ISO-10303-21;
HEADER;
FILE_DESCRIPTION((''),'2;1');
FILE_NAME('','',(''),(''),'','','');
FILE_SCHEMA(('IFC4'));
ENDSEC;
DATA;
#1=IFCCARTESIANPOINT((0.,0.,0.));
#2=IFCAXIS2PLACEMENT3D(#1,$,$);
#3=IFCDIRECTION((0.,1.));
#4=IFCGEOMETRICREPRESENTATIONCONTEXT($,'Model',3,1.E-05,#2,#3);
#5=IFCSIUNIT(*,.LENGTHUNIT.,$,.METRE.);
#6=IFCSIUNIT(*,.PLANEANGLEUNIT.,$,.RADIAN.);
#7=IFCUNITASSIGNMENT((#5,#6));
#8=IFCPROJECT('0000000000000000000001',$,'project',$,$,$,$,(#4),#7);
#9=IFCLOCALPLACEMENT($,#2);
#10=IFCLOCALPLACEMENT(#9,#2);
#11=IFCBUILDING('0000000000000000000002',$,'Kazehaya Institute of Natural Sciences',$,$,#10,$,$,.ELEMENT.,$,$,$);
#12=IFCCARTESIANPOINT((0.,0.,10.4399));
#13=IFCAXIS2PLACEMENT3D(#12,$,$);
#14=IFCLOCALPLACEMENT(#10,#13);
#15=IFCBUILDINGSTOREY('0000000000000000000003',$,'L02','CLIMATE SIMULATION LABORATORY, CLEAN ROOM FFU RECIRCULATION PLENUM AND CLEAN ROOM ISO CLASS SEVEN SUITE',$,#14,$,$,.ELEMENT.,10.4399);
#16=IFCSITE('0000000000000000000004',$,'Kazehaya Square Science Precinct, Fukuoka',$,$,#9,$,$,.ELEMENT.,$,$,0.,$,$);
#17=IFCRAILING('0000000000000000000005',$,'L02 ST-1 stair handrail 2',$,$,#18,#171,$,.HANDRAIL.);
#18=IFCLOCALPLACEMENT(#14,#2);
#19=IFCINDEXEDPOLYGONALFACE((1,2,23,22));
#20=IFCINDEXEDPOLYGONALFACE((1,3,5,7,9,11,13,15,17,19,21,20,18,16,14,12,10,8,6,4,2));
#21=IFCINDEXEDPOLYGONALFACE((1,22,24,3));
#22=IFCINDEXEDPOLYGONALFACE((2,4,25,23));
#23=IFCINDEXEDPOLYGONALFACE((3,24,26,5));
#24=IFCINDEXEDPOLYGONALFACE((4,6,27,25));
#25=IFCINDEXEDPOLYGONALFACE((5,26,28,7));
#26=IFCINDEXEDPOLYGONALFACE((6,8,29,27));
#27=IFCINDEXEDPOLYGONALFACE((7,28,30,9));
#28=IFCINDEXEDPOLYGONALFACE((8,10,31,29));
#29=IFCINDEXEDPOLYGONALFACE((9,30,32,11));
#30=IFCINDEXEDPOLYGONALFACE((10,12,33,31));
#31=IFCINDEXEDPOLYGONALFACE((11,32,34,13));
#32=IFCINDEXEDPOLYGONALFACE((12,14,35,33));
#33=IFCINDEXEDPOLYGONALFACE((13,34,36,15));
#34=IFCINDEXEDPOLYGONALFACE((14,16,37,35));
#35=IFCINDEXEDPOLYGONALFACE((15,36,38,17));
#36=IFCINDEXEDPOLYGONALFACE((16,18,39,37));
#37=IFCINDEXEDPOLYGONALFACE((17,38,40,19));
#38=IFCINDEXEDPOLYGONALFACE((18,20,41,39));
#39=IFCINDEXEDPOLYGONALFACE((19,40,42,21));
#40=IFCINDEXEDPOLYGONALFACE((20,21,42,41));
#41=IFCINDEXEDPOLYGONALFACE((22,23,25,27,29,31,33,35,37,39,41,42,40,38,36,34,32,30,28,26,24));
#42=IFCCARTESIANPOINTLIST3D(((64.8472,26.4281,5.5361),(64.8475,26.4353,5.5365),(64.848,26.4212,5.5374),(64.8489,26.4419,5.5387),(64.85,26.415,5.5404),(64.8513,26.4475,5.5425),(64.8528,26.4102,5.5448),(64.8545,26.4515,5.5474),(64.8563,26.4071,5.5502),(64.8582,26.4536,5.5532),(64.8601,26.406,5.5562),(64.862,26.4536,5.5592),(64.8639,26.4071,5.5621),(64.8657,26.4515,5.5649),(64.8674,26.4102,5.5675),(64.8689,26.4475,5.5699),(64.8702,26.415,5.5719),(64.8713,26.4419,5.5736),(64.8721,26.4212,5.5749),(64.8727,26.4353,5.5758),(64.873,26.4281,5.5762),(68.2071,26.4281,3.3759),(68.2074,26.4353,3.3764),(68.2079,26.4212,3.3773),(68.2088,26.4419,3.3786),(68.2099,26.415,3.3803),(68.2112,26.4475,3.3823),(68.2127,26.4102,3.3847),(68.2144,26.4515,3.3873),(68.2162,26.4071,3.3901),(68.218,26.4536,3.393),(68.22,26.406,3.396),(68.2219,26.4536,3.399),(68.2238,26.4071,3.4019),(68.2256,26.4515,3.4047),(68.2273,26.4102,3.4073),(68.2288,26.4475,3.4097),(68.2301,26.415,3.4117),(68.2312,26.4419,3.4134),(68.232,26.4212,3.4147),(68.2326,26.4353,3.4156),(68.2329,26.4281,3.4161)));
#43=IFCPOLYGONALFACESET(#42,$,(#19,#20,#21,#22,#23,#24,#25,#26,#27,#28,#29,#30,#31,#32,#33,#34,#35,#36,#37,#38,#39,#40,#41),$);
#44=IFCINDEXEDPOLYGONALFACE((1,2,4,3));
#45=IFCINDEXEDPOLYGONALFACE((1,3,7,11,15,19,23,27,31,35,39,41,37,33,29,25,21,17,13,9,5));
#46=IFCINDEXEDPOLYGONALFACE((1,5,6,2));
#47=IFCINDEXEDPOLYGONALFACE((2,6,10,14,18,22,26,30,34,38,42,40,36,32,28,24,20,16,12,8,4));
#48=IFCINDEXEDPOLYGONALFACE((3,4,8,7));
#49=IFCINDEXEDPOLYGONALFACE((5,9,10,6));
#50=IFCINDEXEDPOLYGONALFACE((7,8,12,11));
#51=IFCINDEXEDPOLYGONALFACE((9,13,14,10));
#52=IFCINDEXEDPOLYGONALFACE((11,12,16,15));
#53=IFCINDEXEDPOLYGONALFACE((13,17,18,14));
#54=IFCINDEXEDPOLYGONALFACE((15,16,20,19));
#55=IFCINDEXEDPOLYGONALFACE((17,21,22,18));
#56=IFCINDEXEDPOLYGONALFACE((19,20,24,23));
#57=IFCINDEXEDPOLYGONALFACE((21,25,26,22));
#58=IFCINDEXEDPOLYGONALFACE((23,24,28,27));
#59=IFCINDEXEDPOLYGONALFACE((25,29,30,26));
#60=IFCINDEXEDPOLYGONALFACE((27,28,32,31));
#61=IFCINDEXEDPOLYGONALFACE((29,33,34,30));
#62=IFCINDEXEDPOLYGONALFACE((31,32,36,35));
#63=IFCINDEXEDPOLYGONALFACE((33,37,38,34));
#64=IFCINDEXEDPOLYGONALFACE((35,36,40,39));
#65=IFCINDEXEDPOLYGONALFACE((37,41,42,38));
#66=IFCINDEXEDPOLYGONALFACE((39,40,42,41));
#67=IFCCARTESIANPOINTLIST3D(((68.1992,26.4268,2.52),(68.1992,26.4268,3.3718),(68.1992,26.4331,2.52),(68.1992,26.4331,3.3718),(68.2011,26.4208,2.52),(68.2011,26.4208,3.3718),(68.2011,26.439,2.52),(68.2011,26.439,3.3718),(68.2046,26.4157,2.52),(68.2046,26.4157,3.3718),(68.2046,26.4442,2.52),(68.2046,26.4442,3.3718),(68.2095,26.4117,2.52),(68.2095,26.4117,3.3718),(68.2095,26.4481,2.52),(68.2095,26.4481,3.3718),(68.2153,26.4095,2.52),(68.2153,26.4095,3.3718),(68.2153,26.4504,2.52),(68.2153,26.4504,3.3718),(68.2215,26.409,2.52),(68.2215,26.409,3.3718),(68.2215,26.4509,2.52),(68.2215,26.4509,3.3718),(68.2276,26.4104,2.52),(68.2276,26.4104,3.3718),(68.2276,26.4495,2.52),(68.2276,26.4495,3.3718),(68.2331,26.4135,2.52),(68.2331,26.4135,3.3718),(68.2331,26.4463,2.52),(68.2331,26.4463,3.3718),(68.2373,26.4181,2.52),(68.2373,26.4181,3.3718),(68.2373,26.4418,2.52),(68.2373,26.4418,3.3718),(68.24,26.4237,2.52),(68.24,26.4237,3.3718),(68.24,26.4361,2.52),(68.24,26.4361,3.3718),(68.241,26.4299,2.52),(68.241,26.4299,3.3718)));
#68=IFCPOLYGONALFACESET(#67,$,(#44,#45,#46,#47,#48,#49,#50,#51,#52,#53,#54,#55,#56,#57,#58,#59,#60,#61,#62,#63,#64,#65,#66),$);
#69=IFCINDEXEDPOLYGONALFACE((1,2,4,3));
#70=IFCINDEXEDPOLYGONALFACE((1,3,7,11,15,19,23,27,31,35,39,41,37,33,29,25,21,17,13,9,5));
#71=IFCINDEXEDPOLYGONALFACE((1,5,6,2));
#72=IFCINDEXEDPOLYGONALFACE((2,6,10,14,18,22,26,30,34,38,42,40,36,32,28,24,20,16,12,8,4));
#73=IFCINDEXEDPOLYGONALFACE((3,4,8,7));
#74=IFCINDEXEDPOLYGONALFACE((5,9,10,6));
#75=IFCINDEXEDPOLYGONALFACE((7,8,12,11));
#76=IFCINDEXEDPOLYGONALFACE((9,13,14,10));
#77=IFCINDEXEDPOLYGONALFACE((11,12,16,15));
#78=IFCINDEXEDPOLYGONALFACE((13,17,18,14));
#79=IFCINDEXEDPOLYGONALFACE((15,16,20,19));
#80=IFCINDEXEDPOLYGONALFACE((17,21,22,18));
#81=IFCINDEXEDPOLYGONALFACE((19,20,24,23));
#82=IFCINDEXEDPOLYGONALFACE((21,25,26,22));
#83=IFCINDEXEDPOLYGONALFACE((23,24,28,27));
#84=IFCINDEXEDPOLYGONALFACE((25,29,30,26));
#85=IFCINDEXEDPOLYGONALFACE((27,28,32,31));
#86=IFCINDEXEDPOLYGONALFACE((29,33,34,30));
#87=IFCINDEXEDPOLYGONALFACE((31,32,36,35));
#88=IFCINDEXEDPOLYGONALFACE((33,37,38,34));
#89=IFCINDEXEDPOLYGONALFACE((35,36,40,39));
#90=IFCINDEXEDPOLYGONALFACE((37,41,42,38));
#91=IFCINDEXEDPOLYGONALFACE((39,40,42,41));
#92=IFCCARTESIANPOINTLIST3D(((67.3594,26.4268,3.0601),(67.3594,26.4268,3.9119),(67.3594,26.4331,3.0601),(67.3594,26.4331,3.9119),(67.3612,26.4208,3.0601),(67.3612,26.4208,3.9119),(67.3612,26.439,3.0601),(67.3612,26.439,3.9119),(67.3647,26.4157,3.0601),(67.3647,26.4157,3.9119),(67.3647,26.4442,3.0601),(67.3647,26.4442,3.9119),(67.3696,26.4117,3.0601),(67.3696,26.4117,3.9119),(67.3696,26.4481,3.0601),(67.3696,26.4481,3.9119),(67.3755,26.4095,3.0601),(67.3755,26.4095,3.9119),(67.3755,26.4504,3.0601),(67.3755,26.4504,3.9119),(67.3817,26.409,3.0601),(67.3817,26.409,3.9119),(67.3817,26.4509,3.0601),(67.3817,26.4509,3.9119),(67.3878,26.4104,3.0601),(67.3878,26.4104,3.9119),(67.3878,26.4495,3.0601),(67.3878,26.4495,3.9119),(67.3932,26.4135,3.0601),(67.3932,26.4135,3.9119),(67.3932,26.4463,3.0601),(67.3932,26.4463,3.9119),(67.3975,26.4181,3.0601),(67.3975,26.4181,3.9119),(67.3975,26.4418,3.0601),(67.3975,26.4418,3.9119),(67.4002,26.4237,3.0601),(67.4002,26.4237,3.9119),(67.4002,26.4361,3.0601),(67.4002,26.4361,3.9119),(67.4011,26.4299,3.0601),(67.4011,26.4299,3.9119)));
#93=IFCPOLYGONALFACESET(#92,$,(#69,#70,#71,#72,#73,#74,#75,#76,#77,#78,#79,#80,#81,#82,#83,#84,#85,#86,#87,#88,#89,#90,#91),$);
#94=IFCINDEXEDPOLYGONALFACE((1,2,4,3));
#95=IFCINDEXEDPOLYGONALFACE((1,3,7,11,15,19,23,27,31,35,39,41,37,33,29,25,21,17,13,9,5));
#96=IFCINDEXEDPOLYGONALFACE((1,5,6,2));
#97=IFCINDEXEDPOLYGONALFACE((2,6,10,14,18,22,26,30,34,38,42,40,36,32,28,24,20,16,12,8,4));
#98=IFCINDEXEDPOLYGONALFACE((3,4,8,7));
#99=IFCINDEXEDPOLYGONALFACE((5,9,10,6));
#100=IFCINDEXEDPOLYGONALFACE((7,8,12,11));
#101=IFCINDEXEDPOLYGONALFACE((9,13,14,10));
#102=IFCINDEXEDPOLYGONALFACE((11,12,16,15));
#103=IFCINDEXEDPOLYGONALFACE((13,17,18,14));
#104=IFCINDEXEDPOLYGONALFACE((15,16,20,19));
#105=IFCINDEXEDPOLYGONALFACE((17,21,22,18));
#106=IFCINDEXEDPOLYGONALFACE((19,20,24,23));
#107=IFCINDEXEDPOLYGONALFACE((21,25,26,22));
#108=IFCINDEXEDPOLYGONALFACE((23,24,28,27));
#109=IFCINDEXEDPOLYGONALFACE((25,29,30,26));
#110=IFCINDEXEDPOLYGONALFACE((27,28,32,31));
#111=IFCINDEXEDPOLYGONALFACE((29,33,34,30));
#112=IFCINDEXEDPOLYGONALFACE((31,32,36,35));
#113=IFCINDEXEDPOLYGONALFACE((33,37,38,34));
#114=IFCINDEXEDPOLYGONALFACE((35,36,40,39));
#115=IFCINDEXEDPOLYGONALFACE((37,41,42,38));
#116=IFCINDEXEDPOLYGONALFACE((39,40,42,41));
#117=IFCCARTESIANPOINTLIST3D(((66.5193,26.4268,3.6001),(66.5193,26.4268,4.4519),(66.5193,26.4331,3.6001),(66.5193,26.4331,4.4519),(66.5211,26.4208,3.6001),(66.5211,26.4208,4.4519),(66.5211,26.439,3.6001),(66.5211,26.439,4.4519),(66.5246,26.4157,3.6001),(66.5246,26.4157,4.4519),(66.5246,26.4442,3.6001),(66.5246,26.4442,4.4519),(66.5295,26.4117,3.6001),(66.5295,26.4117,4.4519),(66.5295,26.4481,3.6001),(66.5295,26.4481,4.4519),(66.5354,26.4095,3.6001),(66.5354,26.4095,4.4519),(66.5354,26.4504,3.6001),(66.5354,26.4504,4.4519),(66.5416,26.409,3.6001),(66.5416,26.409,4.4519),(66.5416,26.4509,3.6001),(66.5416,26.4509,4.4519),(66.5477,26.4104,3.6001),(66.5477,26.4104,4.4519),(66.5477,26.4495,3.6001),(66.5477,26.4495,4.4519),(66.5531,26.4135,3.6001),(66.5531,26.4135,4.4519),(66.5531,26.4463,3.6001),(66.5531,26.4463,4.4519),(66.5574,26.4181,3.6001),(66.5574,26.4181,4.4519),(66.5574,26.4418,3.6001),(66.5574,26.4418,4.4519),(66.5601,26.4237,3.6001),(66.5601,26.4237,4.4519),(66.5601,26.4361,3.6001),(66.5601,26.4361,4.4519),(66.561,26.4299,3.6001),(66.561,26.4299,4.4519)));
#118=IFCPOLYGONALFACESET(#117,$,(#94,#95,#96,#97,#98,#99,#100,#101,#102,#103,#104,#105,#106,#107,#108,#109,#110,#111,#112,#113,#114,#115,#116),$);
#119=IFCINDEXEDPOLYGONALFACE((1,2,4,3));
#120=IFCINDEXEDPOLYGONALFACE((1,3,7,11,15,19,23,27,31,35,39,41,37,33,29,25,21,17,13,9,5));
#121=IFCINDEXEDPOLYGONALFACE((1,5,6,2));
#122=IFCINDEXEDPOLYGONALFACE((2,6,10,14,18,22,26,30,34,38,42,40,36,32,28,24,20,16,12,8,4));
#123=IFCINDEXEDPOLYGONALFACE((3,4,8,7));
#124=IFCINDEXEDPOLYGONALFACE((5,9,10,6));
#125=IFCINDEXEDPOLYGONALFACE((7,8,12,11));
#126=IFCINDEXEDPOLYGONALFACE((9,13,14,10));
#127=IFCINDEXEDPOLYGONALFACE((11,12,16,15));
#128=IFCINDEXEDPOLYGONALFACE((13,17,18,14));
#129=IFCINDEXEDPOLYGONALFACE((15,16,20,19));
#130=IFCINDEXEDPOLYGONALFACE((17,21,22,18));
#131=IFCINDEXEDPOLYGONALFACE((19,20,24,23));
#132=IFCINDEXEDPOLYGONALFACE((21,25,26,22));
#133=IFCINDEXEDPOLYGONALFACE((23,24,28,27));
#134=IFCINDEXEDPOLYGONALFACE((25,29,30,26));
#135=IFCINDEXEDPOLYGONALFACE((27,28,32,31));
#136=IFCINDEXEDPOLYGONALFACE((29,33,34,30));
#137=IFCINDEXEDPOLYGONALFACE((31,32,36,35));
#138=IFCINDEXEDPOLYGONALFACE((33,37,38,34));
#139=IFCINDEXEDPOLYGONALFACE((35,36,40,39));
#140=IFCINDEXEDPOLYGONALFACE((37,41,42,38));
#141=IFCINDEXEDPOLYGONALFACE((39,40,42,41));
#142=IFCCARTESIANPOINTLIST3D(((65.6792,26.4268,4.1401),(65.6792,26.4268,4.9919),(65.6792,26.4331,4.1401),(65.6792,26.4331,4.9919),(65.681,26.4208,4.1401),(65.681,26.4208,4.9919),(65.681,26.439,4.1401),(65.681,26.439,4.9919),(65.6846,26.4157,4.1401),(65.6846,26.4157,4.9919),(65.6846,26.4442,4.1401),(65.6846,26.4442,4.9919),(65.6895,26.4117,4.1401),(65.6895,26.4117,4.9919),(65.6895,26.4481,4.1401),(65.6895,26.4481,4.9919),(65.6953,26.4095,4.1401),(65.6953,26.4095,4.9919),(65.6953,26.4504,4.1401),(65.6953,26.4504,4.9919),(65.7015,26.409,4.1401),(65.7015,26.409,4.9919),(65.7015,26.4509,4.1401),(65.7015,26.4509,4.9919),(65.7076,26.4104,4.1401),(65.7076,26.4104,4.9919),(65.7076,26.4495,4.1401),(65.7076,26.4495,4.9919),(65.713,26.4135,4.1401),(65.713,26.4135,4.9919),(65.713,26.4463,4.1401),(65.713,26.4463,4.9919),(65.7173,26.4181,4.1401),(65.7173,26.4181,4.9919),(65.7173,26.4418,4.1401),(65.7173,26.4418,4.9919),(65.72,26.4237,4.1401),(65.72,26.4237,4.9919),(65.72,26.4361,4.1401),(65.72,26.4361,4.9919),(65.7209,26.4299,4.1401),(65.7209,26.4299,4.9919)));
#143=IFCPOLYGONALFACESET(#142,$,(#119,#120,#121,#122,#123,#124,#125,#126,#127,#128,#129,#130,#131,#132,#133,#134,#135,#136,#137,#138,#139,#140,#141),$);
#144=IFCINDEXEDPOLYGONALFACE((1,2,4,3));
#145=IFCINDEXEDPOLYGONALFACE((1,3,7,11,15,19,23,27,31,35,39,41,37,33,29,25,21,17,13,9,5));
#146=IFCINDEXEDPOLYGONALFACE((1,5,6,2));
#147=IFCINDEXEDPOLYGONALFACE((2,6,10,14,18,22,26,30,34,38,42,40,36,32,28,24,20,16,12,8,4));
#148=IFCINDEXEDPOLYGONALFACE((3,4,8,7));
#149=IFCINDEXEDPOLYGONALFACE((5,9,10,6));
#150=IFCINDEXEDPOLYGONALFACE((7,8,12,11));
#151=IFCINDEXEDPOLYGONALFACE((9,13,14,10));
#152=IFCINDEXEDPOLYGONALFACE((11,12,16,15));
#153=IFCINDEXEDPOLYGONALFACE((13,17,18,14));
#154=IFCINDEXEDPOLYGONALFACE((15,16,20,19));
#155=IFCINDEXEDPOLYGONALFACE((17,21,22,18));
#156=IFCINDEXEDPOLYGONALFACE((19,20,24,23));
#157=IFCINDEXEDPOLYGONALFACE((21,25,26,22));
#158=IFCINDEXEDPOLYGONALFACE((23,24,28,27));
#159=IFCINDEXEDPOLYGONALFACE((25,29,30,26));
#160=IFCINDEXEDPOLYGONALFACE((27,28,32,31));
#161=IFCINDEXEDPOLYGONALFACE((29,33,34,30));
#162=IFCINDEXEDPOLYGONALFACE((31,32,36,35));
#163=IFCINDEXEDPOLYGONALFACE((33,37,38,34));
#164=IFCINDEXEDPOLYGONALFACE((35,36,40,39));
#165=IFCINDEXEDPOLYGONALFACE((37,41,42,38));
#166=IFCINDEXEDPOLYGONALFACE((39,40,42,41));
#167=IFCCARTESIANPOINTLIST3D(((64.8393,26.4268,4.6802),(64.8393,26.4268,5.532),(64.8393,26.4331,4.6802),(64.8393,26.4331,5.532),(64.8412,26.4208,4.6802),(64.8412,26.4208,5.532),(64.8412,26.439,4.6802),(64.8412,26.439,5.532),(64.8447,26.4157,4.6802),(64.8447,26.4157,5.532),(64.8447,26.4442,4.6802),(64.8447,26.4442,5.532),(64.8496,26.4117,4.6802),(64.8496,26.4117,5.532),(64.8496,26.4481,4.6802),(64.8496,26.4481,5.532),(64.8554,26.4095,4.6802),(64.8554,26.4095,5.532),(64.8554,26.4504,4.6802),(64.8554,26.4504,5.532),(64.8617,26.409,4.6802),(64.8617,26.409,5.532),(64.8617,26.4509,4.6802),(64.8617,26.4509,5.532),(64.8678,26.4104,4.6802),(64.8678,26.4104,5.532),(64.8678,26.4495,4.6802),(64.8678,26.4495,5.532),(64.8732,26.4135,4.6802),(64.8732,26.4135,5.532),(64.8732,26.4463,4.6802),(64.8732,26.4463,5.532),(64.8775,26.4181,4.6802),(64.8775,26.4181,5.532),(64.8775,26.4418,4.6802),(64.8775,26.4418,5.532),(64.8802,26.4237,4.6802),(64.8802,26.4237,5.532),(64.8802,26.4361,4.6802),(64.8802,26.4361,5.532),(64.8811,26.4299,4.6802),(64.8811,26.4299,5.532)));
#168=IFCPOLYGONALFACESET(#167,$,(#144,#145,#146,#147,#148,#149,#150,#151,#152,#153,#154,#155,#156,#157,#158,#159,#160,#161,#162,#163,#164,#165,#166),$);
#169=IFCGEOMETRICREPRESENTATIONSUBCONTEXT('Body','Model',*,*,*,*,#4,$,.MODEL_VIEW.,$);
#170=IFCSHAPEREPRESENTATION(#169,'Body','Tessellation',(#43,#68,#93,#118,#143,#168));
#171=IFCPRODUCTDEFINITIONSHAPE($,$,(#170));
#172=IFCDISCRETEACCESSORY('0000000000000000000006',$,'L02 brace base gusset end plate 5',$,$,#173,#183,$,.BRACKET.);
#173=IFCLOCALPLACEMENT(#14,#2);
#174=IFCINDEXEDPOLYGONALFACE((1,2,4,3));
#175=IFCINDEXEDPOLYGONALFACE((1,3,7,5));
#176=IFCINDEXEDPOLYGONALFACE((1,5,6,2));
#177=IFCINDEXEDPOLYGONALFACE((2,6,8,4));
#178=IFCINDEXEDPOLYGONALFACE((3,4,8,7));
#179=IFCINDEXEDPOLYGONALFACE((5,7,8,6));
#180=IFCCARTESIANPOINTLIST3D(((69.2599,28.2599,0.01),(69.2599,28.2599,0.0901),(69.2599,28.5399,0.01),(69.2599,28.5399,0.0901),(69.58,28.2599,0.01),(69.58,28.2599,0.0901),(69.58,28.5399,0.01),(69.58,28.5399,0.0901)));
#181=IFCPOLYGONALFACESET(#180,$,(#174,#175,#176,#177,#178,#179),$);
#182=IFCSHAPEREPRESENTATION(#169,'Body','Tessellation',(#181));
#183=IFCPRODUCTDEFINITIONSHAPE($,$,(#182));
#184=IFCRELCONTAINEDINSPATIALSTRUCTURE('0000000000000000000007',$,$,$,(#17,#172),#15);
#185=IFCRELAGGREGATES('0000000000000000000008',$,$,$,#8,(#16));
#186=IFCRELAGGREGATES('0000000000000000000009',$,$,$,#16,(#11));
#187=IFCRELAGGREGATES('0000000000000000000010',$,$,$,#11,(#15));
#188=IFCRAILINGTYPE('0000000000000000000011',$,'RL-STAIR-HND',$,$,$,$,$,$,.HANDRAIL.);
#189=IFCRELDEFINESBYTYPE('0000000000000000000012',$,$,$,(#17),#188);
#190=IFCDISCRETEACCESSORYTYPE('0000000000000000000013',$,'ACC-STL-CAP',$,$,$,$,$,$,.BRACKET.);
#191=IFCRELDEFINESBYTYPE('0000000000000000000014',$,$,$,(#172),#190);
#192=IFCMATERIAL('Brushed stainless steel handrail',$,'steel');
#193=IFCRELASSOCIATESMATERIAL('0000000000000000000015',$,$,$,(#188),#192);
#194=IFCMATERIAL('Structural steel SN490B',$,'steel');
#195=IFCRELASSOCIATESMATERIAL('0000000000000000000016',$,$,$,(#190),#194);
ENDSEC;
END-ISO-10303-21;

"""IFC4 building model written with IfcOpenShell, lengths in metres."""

from ifc_helpers import new_model, si_unit, direction, frame, origin, origin_2d, place, context, subcontext, project, spatial, rectangle, circle, extrude, material, type_object, element, save


model = new_model("IFC4")

# Units and contexts
model_context = context("Model", 3, precision=1e-05, world=origin(), true_north=direction((0.0, 1.0)))
body_context = subcontext(model_context, "Body", "Model", "MODEL_VIEW")
ifc_project = project(units=[si_unit("LENGTHUNIT", "METRE"), si_unit("PLANEANGLEUNIT", "RADIAN")], contexts=[model_context])

# Site, building, storey
site_placement = place(None, origin())
site = spatial("IfcSite", under=ifc_project, at=site_placement, Name="Kazehaya Square Science Precinct, Fukuoka", CompositionType="ELEMENT", RefElevation=0.0)
building_placement = place(site_placement, origin())
building = spatial("IfcBuilding", under=site, at=building_placement, Name="Kazehaya Institute of Natural Sciences", CompositionType="ELEMENT")
storey_placement = place(building_placement, frame((0.0, 0.0, 10.4399)))
storey = spatial("IfcBuildingStorey", under=building, at=storey_placement, Name="L02", Description="CLIMATE SIMULATION LABORATORY, CLEAN ROOM FFU RECIRCULATION PLENUM AND CLEAN ROOM ISO CLASS SEVEN SUITE", CompositionType="ELEMENT", Elevation=10.4399)

# Railing
ifc_material_1 = material(Name="Structural steel SN490B", Category="steel")
ifc_material_2 = material(Name="Brushed stainless steel handrail", Category="steel")
railing_type_1 = type_object("IfcRailingType", Name="RL-STAIR-HND", PredefinedType="HANDRAIL", material=ifc_material_2)
railing_1_placement = place(storey_placement, frame((68.22, 26.4299, 2.52)))
element("IfcRailing", 1, at=railing_1_placement, inside=storey, type_object=railing_type_1, Name="L02 ST-1 stair handrail 2", PredefinedType="HANDRAIL", context=body_context, shape_type="SweptSolid", body=[
    extrude(circle(Radius=0.0239, at=origin_2d()), frame((0.0, 0.0, 0.876), z_axis=(-0.841151, 0.0, 0.540801), x_axis=(0.0, -1.0, 0.0)), (0.0, 0.0, 1.0), 3.9944),
    extrude(circle(Radius=0.021, at=origin_2d()), origin(), (0.0, 0.0, 1.0), 0.8518),
    extrude(circle(Radius=0.021, at=origin_2d()), frame((-0.8398, 0.0, 0.54)), (0.0, 0.0, 1.0), 0.8518),
    extrude(circle(Radius=0.021, at=origin_2d()), frame((-1.6799, 0.0, 1.0801)), (0.0, 0.0, 1.0), 0.8518),
    extrude(circle(Radius=0.021, at=origin_2d()), frame((-2.52, 0.0, 1.6201)), (0.0, 0.0, 1.0), 0.8518),
    extrude(circle(Radius=0.021, at=origin_2d()), frame((-3.3599, 0.0, 2.1602)), (0.0, 0.0, 1.0), 0.8518),
])

# Discrete accessory
discrete_accessory_type = type_object("IfcDiscreteAccessoryType", Name="ACC-STL-CAP", PredefinedType="BRACKET", material=ifc_material_1)
discrete_accessory_placement = place(storey_placement, frame((69.4199, 28.3999, 0.01), z_axis=(0.0, 0.0, 1.0), x_axis=(1.0, 0.0, 0.0)))
element("IfcDiscreteAccessory", 2, at=discrete_accessory_placement, inside=storey, type_object=discrete_accessory_type, Name="L02 brace base gusset end plate 5", PredefinedType="BRACKET", context=body_context, shape_type="SweptSolid", body=[
    extrude(rectangle(XDim=0.3201, YDim=0.28, at=origin_2d()), origin(), (0.0, 0.0, 1.0), 0.0801),
])

save(model, "model.ifc")
